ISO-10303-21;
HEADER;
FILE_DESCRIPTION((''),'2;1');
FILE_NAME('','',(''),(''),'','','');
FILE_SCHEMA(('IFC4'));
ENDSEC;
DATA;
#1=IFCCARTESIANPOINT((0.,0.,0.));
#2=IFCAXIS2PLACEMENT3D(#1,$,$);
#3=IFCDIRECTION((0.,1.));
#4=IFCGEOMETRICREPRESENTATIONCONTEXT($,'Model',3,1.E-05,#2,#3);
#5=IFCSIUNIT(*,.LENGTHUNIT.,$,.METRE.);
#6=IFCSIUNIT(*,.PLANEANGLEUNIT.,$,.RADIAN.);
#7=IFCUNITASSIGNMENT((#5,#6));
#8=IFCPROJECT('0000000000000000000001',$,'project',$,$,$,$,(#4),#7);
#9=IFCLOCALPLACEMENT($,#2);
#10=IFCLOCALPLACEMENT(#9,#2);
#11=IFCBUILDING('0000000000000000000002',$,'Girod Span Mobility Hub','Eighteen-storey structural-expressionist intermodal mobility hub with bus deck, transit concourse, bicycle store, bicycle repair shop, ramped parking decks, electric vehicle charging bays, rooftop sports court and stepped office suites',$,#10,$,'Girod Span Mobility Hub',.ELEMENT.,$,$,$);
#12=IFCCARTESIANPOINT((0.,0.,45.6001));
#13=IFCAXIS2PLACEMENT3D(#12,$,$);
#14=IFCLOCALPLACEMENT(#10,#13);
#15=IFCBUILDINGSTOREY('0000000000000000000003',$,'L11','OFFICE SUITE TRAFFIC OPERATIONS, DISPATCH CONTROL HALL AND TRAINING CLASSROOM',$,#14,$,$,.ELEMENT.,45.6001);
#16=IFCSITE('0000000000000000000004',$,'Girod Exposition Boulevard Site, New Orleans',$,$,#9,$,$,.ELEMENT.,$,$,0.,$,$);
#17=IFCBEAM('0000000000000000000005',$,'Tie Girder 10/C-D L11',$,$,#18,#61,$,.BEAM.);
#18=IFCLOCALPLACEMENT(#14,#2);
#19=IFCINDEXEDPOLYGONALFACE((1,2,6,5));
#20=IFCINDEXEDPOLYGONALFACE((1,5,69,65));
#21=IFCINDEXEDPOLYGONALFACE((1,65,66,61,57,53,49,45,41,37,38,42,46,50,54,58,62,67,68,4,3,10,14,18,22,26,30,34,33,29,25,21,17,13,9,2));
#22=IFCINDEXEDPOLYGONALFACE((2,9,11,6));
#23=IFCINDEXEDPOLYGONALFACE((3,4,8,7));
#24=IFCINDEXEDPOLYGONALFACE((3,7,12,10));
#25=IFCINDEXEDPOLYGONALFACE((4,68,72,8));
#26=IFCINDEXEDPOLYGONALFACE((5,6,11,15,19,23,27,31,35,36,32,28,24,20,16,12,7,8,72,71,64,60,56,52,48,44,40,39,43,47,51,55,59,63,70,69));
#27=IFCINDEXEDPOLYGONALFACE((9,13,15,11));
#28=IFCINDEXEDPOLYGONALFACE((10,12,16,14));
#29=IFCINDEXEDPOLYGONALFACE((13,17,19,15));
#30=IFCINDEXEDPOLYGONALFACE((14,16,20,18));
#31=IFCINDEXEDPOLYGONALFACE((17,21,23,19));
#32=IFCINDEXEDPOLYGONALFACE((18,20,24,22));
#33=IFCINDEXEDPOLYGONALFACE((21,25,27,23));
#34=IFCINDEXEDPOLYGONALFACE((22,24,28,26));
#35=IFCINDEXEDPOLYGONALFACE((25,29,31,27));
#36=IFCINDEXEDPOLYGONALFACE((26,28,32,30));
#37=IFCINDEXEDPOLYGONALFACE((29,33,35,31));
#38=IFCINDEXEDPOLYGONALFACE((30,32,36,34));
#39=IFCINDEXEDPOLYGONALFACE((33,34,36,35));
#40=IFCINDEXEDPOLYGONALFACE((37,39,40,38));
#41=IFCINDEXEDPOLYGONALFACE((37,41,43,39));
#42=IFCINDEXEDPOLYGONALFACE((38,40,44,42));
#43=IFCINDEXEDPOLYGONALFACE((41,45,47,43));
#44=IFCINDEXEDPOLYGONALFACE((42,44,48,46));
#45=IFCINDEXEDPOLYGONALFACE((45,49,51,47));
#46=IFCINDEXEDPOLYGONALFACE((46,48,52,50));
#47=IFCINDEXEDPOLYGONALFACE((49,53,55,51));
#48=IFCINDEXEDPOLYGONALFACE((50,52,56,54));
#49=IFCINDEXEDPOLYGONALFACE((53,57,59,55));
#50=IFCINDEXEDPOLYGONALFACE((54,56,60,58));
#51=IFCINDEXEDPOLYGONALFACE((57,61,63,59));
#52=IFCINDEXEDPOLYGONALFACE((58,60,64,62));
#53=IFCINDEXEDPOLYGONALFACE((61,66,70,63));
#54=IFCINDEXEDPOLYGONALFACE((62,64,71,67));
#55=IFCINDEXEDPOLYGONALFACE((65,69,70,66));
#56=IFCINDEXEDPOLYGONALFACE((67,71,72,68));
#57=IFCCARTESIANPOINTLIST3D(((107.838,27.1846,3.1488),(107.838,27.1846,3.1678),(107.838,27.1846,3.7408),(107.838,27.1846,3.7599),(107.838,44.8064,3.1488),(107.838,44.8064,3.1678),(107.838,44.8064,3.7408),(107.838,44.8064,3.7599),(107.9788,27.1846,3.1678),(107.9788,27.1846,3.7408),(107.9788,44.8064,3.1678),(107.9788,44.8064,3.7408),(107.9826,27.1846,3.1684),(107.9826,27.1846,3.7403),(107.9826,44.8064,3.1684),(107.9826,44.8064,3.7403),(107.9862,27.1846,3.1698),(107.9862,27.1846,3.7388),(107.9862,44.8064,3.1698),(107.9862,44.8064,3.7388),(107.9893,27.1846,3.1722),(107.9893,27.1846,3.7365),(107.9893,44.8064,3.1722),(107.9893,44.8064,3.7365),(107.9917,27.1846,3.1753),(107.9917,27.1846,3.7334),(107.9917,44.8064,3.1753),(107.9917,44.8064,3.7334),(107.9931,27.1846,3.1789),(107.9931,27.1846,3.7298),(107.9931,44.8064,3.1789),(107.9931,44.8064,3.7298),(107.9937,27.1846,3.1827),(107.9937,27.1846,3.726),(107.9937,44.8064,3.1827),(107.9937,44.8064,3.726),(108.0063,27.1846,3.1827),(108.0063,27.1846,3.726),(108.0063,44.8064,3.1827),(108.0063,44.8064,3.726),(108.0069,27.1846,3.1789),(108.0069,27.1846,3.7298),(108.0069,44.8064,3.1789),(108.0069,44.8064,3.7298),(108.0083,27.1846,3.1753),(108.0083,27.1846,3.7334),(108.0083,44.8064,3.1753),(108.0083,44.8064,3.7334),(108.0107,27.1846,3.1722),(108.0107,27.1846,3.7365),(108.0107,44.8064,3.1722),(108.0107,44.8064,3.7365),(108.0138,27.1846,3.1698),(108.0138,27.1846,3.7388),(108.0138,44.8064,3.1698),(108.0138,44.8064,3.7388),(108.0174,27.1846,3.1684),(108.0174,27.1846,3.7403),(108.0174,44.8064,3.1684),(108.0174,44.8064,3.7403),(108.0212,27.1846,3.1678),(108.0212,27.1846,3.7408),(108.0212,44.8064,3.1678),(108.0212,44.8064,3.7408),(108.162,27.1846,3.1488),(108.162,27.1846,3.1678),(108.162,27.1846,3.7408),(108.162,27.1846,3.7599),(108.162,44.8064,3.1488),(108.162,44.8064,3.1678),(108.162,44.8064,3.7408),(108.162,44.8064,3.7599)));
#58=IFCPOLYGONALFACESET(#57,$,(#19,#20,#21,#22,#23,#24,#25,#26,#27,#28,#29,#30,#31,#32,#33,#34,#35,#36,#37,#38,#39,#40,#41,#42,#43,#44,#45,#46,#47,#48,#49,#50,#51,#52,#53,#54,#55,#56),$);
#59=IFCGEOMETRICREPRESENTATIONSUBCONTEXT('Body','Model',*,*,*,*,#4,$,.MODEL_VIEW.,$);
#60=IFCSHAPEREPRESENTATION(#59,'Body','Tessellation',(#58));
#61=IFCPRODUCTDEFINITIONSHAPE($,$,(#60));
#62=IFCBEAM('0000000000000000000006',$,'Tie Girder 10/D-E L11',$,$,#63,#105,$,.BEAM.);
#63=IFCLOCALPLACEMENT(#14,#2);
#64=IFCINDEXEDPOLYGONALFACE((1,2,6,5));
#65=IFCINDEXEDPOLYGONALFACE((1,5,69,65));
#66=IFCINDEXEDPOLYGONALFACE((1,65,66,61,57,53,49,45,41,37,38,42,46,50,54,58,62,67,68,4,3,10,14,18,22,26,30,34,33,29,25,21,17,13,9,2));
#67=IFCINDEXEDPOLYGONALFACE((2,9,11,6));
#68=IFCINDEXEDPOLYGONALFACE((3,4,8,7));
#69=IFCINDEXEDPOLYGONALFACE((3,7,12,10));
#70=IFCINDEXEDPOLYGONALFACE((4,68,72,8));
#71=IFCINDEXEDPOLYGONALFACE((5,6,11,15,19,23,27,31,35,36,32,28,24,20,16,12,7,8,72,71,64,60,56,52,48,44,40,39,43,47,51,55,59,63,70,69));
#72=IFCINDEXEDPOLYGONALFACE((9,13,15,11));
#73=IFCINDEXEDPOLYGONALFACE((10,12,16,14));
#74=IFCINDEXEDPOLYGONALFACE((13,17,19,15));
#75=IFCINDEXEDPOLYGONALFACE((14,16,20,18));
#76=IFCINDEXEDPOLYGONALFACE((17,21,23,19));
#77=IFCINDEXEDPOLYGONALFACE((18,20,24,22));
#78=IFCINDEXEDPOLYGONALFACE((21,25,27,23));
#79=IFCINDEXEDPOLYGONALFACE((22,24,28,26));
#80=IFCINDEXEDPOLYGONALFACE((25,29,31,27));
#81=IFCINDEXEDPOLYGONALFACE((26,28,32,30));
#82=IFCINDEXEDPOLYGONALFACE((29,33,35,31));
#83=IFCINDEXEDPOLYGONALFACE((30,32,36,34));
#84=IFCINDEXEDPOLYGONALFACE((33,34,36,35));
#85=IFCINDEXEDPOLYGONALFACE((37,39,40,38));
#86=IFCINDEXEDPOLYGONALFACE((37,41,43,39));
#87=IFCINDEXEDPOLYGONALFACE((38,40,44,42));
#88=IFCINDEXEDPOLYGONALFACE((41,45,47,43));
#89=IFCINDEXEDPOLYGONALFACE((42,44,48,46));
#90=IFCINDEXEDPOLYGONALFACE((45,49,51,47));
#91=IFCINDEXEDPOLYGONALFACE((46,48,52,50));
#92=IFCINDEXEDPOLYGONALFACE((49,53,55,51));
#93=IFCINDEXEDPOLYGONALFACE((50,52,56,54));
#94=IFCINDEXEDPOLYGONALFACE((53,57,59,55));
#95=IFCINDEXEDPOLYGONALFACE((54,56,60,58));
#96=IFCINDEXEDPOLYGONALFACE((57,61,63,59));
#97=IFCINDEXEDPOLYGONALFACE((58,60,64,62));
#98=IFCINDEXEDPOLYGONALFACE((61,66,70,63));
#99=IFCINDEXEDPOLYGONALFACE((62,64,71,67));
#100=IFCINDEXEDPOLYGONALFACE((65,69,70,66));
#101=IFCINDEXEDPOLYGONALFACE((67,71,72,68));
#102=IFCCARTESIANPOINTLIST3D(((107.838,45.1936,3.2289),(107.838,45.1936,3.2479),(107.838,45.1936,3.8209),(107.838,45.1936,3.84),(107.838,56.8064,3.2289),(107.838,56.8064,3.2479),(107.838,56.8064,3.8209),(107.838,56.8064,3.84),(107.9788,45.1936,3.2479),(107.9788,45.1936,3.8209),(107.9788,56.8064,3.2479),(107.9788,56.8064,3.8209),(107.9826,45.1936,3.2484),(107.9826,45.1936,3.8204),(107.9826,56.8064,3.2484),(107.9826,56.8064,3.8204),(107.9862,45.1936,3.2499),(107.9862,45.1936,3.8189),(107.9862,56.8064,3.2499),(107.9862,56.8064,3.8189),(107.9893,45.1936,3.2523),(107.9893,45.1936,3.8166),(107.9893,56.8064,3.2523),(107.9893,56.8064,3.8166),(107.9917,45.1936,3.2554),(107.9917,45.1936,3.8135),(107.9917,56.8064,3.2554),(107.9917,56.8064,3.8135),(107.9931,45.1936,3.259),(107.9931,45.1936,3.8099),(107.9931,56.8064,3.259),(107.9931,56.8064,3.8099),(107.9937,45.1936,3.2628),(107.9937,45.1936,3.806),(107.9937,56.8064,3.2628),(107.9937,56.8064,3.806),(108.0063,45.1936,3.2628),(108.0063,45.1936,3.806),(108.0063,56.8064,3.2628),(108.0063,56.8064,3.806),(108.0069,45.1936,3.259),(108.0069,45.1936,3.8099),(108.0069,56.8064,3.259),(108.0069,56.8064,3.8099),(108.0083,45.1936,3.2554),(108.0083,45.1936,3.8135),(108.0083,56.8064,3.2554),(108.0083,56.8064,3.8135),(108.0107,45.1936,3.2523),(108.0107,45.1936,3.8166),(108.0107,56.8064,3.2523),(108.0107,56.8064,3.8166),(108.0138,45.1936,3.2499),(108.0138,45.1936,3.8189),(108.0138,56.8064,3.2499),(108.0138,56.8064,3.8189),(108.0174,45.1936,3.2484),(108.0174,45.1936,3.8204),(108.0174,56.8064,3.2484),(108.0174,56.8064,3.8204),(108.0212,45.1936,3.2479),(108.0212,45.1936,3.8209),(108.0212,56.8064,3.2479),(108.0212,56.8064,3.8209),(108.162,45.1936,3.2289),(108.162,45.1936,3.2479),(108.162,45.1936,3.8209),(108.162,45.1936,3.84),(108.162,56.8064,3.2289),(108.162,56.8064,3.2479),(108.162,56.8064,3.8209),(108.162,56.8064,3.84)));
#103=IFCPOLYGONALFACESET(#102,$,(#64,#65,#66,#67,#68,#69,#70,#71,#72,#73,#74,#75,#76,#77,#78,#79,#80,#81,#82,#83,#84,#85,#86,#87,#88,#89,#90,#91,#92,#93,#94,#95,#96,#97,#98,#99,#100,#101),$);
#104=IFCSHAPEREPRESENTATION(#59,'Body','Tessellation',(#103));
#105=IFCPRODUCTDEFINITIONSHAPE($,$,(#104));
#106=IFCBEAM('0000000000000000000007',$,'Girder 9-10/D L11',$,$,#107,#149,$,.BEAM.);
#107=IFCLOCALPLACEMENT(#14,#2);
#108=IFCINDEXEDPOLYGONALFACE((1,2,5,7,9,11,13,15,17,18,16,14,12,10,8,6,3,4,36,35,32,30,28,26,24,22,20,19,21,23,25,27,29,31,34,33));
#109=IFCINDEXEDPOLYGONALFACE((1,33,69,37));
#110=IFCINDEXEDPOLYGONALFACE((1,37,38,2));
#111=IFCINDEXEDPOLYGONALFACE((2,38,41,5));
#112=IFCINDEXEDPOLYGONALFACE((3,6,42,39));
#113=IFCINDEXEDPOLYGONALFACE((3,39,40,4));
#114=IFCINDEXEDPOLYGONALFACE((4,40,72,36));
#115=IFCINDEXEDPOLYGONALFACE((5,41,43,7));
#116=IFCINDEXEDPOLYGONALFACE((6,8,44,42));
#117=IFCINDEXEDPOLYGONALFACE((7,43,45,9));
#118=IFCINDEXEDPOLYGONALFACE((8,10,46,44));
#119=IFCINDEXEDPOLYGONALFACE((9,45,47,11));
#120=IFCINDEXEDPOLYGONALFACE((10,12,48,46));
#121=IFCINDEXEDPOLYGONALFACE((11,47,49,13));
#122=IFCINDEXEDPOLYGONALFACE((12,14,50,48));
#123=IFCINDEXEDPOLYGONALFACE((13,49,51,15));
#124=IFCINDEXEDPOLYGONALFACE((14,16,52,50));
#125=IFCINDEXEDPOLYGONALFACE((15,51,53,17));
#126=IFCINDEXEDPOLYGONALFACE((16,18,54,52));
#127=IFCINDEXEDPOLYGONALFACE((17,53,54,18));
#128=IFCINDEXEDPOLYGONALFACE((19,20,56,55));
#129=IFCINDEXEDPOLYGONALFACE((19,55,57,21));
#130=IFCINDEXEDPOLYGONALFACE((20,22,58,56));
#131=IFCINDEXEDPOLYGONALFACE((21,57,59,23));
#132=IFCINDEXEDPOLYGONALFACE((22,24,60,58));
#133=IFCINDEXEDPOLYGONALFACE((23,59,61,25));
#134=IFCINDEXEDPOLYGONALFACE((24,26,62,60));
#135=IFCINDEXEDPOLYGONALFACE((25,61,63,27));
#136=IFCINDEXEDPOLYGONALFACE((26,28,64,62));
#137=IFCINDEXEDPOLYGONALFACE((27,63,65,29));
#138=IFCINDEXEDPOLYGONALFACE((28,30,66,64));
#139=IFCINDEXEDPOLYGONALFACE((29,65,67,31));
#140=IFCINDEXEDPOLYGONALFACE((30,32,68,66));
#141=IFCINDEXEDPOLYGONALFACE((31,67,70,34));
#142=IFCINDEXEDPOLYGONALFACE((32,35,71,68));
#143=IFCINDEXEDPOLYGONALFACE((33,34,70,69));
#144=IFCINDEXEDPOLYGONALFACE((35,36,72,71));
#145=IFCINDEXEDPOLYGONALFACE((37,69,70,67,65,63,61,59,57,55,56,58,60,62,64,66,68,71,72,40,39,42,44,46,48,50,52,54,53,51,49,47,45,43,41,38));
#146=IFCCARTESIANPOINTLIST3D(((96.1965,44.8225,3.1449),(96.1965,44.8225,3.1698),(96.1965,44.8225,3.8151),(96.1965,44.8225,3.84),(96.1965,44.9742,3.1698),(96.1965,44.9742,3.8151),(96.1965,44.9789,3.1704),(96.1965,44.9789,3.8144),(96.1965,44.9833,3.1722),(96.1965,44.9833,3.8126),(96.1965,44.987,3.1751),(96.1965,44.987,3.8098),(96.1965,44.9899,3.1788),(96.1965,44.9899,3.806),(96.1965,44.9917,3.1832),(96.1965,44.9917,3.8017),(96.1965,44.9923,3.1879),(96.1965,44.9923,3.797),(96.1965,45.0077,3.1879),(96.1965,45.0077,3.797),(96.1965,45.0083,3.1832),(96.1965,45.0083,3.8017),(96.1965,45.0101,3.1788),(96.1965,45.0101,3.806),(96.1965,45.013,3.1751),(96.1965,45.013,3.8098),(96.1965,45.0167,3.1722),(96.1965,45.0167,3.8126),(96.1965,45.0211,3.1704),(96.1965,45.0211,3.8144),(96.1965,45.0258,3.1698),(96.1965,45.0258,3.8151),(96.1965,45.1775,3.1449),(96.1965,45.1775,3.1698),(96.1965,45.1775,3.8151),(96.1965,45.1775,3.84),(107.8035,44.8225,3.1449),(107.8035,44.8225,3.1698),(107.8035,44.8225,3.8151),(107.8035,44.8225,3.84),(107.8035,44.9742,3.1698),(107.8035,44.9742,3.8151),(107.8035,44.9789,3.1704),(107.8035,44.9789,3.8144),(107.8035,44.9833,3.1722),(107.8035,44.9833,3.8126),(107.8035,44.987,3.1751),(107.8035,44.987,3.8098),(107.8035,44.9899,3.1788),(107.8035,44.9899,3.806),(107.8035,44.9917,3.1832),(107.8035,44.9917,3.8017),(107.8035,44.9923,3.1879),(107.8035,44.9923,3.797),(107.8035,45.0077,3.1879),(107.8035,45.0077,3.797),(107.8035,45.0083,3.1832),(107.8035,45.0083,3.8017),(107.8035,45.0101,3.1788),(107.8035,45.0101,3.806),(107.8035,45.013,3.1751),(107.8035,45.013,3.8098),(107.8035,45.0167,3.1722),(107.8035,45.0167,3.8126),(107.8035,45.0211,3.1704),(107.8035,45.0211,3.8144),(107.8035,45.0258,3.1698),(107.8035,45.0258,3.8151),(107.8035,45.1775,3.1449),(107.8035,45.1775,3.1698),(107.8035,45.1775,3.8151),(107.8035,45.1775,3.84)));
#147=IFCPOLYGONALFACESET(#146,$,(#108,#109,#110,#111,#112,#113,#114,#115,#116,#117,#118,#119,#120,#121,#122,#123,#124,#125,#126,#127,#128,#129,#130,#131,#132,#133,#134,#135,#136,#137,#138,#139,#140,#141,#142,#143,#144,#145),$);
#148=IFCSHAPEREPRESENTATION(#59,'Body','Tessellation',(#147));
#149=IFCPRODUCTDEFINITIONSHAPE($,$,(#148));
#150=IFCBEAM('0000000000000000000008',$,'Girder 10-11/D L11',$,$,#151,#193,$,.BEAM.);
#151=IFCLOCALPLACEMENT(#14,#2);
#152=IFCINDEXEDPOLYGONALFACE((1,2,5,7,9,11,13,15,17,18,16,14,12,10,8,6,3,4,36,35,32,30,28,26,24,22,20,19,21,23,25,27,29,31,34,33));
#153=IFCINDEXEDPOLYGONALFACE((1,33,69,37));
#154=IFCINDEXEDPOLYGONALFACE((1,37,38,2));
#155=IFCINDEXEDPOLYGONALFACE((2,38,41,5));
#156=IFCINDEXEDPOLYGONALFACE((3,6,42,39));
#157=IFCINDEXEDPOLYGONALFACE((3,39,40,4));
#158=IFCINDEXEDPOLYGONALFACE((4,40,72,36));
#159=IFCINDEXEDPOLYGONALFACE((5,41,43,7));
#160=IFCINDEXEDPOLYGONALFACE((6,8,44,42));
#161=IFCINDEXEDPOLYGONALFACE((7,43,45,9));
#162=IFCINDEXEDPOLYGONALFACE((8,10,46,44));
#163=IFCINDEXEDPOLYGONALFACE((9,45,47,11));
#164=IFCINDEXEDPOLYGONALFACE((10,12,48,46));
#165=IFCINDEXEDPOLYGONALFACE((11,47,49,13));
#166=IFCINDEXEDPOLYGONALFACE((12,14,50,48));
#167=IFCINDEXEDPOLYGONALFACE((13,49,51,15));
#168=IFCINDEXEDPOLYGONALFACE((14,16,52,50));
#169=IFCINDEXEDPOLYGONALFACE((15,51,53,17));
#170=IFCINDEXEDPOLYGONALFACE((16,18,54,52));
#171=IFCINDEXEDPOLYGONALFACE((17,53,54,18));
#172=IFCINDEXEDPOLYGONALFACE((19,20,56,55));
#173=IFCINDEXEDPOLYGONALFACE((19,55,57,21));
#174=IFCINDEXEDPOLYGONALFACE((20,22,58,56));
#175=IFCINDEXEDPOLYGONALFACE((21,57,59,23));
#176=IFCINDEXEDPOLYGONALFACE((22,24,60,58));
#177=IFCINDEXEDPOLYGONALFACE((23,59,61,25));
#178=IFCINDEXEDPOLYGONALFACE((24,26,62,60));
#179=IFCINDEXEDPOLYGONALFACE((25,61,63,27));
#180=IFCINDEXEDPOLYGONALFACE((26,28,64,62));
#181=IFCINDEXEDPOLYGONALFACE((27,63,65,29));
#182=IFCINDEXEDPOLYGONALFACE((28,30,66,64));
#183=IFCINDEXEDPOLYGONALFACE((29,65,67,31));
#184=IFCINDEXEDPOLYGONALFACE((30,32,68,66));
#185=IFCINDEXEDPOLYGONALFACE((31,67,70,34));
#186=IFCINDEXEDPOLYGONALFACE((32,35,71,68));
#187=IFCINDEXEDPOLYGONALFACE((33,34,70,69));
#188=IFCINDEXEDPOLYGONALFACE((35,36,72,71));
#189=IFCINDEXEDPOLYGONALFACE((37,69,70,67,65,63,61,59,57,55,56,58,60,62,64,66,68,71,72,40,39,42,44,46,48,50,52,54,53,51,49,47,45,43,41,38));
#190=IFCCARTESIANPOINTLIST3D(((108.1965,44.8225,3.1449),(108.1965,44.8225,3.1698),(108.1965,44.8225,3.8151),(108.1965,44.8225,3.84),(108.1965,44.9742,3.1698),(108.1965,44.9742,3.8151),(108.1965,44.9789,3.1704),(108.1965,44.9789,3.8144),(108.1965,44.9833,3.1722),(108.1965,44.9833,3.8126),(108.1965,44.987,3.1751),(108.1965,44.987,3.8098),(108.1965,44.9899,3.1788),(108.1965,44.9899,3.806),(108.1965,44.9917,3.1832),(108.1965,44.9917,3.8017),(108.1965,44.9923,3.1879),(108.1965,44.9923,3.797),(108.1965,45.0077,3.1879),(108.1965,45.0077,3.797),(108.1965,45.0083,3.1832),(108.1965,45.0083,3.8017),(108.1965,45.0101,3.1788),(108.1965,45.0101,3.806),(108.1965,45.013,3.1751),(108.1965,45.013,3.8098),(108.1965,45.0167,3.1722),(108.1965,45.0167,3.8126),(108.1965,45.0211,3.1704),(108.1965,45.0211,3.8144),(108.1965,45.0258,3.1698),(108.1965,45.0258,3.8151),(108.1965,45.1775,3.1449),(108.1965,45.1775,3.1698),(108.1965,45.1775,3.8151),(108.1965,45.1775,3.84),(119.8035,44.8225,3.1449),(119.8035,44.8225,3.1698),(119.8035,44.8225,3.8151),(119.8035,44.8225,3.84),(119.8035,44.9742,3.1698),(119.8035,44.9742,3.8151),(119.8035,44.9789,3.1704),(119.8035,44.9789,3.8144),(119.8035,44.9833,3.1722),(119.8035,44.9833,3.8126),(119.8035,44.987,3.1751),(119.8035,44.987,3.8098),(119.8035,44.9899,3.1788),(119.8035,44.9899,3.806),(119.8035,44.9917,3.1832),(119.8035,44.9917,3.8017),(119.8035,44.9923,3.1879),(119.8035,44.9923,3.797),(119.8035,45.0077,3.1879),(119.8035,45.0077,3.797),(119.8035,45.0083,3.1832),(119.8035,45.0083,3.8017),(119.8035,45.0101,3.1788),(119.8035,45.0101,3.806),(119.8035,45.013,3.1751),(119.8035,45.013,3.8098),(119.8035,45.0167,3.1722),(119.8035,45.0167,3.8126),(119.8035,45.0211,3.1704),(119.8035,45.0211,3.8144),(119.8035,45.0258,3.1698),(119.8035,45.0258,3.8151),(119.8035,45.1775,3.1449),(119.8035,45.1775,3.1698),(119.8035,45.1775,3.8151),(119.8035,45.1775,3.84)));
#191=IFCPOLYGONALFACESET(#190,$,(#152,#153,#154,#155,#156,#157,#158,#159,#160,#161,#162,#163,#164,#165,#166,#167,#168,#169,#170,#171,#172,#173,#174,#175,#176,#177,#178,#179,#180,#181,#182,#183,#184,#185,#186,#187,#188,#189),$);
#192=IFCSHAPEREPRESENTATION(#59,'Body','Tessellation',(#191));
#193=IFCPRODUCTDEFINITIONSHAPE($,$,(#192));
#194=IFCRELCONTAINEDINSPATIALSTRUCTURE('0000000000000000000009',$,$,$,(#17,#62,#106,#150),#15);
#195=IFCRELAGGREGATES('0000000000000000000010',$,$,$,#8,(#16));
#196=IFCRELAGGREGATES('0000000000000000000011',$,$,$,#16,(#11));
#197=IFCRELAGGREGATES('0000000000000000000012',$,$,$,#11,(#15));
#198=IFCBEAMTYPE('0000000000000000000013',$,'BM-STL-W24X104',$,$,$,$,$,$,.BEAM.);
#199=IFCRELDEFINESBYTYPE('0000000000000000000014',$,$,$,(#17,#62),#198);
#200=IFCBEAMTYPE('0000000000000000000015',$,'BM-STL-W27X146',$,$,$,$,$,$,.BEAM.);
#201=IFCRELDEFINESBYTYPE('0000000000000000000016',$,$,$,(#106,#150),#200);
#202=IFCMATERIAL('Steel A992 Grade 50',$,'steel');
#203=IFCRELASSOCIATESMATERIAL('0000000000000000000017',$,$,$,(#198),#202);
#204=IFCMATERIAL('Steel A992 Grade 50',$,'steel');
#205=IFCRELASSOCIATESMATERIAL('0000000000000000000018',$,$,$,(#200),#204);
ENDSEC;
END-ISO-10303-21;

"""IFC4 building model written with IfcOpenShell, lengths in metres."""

from ifc_helpers import new_model, si_unit, direction, frame, origin, origin_2d, place, context, subcontext, project, spatial, i_section, extrude, material, material_profile, profile_set, type_object, element, save


model = new_model("IFC4")

# Units and contexts
model_context = context("Model", 3, precision=1e-05, world=origin(), true_north=direction((0.0, 1.0)))
body_context = subcontext(model_context, "Body", "Model", "MODEL_VIEW")
ifc_project = project(units=[si_unit("LENGTHUNIT", "METRE"), si_unit("PLANEANGLEUNIT", "RADIAN")], contexts=[model_context])

# Site, building, storey
site_placement = place(None, origin())
site = spatial("IfcSite", under=ifc_project, at=site_placement, Name="Girod Exposition Boulevard Site, New Orleans", CompositionType="ELEMENT", RefElevation=0.0)
building_placement = place(site_placement, origin())
building = spatial("IfcBuilding", under=site, at=building_placement, Name="Girod Span Mobility Hub", Description="Eighteen-storey structural-expressionist intermodal mobility hub with bus deck, transit concourse, bicycle store, bicycle repair shop, ramped parking decks, electric vehicle charging bays, rooftop sports court and stepped office suites", LongName="Girod Span Mobility Hub", CompositionType="ELEMENT")
storey_placement = place(building_placement, frame((0.0, 0.0, 45.6001)))
storey = spatial("IfcBuildingStorey", under=building, at=storey_placement, Name="L11", Description="OFFICE SUITE TRAFFIC OPERATIONS, DISPATCH CONTROL HALL AND TRAINING CLASSROOM", CompositionType="ELEMENT", Elevation=45.6001)

# Beams
ifc_material_1 = material(Name="Steel A992 Grade 50", Category="steel")
ifc_material_profile_1 = material_profile(ifc_material_1, i_section(OverallWidth=0.324, OverallDepth=0.6111, WebThickness=0.0127, FlangeThickness=0.019, FilletRadius=0.0149, at=origin_2d()), Name="W24X104")
ifc_profile_set_1 = profile_set([ifc_material_profile_1], Name="Steel A992 Grade 50")
beam_type_1 = type_object("IfcBeamType", Name="BM-STL-W24X104", PredefinedType="BEAM", material=ifc_profile_set_1)
beam_1_placement = place(storey_placement, frame((108.0, 27.1846, 3.4543), z_axis=(0.0, 1.0, 0.0), x_axis=(-1.0, 0.0, 0.0)))
element("IfcBeam", 1, at=beam_1_placement, inside=storey, type_object=beam_type_1, Name="Tie Girder 10/C-D L11", PredefinedType="BEAM", context=body_context, shape_type="SweptSolid", body=[
    extrude(i_section(OverallWidth=0.324, OverallDepth=0.6111, WebThickness=0.0127, FlangeThickness=0.019, FilletRadius=0.0149, at=origin_2d()), origin(), (0.0, 0.0, 1.0), 17.6218),
])
beam_2_placement = place(storey_placement, frame((108.0, 45.1936, 3.5344), z_axis=(0.0, 1.0, 0.0), x_axis=(-1.0, 0.0, 0.0)))
element("IfcBeam", 2, at=beam_2_placement, inside=storey, type_object=beam_type_1, Name="Tie Girder 10/D-E L11", PredefinedType="BEAM", context=body_context, shape_type="SweptSolid", body=[
    extrude(i_section(OverallWidth=0.324, OverallDepth=0.6111, WebThickness=0.0127, FlangeThickness=0.019, FilletRadius=0.0149, at=origin_2d()), origin(), (0.0, 0.0, 1.0), 11.6128),
])
ifc_material_2 = material(Name="Steel A992 Grade 50", Category="steel")
ifc_material_profile_2 = material_profile(ifc_material_2, i_section(OverallWidth=0.355, OverallDepth=0.6951, WebThickness=0.0154, FlangeThickness=0.0249, FilletRadius=0.0181, at=origin_2d()), Name="W27X146")
ifc_profile_set_2 = profile_set([ifc_material_profile_2], Name="Steel A992 Grade 50")
beam_type_2 = type_object("IfcBeamType", Name="BM-STL-W27X146", PredefinedType="BEAM", material=ifc_profile_set_2)
for number, where, z_axis, x_axis, name in (
    (3, (96.1965, 45.0, 3.4924), (1.0, 0.0, 0.0), (0.0, 1.0, 0.0), "Girder 9-10/D L11"),
    (4, (108.1965, 45.0, 3.4924), (1.0, 0.0, 0.0), (0.0, 1.0, 0.0), "Girder 10-11/D L11"),
):
    element("IfcBeam", number, at=place(storey_placement, frame(where, z_axis=z_axis, x_axis=x_axis)), inside=storey, type_object=beam_type_2, Name=name, PredefinedType="BEAM", context=body_context, shape_type="SweptSolid", body=[
        extrude(i_section(OverallWidth=0.355, OverallDepth=0.6951, WebThickness=0.0154, FlangeThickness=0.0249, FilletRadius=0.0181, at=origin_2d()), origin(), (0.0, 0.0, 1.0), 11.6069),
    ])

save(model, "model.ifc")
